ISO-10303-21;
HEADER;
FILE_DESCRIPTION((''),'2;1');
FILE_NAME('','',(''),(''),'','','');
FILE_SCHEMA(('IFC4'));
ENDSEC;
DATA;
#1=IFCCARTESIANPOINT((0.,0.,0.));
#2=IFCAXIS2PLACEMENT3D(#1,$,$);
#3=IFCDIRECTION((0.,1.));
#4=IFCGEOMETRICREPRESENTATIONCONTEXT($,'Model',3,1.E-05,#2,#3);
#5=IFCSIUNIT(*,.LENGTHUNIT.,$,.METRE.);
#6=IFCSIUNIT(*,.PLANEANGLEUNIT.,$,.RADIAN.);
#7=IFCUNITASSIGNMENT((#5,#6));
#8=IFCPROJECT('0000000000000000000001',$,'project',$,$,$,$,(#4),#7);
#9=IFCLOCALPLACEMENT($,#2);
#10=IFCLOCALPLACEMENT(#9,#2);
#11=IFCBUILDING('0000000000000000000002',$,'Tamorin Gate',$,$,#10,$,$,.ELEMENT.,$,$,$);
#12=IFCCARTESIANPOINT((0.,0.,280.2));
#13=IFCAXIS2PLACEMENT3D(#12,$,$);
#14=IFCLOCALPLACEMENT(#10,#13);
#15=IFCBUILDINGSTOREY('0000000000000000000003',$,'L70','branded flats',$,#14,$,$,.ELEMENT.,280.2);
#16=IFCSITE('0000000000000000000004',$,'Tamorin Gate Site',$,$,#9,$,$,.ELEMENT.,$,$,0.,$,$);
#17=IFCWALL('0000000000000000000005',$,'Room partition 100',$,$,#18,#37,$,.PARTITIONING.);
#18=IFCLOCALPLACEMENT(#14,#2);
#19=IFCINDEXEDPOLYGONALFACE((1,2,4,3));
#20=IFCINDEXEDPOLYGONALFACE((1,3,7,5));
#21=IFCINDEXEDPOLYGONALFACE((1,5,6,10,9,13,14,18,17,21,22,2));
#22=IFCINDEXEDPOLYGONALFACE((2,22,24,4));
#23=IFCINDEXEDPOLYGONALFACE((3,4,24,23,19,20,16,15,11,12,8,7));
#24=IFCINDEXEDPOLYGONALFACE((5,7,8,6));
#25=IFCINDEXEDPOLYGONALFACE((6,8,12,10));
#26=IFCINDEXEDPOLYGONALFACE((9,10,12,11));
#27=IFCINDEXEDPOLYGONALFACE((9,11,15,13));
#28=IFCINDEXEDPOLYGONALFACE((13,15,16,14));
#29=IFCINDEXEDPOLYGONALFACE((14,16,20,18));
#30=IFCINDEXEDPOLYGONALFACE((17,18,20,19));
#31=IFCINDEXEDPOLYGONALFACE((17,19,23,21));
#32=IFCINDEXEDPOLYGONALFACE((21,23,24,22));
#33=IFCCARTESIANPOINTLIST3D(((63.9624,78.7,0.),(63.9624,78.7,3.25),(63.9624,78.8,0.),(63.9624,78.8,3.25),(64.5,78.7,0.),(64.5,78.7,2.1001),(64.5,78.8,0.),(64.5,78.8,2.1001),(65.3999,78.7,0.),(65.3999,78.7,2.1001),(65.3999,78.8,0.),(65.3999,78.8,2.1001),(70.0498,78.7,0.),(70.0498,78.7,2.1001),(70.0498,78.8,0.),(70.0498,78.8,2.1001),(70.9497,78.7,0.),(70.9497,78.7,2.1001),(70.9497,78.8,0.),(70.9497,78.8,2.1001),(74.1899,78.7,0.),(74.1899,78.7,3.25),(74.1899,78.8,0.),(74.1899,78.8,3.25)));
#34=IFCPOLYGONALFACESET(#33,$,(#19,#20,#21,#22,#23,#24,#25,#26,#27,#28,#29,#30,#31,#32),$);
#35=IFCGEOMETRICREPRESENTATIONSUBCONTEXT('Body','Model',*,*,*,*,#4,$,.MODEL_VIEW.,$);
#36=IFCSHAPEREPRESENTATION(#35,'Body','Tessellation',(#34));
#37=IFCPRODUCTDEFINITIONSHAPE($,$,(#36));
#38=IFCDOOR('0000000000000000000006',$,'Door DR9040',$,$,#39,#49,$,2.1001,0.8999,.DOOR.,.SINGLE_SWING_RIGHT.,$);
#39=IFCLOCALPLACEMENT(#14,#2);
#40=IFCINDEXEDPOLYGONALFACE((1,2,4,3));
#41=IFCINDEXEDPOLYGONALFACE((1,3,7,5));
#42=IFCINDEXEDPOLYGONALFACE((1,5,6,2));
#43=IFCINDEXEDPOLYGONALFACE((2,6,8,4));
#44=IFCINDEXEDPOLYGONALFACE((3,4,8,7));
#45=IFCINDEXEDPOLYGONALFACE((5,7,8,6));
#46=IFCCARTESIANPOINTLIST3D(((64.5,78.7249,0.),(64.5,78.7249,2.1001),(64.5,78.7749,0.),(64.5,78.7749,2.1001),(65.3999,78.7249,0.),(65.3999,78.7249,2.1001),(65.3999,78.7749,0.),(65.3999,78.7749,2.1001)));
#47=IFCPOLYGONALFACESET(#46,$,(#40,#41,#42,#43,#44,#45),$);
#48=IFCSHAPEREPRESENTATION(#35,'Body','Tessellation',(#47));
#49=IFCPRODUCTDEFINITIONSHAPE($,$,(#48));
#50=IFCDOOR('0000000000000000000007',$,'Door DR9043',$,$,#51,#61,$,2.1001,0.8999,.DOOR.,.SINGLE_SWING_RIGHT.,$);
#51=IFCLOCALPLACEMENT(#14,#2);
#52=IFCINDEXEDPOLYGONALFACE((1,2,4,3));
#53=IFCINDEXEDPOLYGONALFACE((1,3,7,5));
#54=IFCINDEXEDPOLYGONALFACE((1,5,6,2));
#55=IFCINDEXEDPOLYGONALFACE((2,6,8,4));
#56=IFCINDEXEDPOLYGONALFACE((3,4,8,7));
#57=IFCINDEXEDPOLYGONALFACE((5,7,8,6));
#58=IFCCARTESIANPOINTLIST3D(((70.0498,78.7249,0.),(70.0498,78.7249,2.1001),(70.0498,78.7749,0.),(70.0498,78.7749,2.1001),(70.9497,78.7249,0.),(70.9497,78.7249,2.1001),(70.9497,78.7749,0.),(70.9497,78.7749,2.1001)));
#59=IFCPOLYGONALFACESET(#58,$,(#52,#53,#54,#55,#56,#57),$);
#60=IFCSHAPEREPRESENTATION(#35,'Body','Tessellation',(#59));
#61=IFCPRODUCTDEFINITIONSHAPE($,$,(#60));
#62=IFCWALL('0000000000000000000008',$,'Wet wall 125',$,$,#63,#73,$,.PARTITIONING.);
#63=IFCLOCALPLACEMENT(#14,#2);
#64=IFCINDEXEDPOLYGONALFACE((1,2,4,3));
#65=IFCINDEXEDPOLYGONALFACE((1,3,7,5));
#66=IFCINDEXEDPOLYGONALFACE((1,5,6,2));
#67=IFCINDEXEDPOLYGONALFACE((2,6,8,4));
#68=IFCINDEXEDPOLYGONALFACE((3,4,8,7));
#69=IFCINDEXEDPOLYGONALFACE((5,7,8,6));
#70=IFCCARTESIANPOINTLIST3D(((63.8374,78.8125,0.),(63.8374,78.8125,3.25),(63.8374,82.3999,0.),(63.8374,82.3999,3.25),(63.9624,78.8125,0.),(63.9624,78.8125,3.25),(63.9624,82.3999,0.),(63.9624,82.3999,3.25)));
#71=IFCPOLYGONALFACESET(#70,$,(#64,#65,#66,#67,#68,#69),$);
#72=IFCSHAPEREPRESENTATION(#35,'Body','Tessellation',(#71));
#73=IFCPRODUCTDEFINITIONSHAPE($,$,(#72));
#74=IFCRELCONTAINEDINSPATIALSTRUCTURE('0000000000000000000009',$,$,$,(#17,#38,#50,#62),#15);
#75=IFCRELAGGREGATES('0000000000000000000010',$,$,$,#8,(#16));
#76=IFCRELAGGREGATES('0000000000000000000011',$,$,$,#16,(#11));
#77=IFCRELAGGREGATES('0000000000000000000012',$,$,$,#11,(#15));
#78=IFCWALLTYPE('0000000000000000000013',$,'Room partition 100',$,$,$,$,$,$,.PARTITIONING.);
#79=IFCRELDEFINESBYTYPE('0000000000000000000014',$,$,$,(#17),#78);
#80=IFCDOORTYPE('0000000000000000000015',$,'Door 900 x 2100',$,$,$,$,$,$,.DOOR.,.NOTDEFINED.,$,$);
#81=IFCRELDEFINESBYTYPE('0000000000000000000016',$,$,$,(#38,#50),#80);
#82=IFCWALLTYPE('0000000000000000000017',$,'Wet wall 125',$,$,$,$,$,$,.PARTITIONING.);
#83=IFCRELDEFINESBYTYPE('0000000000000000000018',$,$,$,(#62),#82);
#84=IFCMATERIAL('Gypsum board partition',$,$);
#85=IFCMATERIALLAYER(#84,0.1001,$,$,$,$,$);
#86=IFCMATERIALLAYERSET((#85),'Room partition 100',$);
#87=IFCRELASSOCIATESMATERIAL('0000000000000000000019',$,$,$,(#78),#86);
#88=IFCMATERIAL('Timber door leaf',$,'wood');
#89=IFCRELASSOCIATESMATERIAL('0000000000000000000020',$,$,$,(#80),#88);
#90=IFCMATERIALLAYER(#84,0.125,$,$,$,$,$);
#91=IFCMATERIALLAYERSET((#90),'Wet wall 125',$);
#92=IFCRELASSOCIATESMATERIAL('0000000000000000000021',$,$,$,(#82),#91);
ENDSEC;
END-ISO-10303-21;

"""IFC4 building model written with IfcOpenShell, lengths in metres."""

from ifc_helpers import new_model, si_unit, direction, frame, frame_2d, origin, place, context, subcontext, project, spatial, rectangle, extrude, material, layer, layer_set, type_object, element, fill, save


model = new_model("IFC4")

# Units and contexts
model_context = context("Model", 3, precision=1e-05, world=origin(), true_north=direction((0.0, 1.0)))
body_context = subcontext(model_context, "Body", "Model", "MODEL_VIEW")
ifc_project = project(units=[si_unit("LENGTHUNIT", "METRE"), si_unit("PLANEANGLEUNIT", "RADIAN")], contexts=[model_context])

# Site, building, storey
site_placement = place(None, origin())
site = spatial("IfcSite", under=ifc_project, at=site_placement, Name="Tamorin Gate Site", CompositionType="ELEMENT", RefElevation=0.0)
building_placement = place(site_placement, origin())
building = spatial("IfcBuilding", under=site, at=building_placement, Name="Tamorin Gate", CompositionType="ELEMENT")
storey_placement = place(building_placement, frame((0.0, 0.0, 280.2)))
storey = spatial("IfcBuildingStorey", under=building, at=storey_placement, Name="L70", Description="branded flats", CompositionType="ELEMENT", Elevation=280.2)

# Shared definitions
ifc_material_1 = material(Name="Gypsum board partition")
ifc_layer_1 = layer(ifc_material_1, 0.1001)
ifc_layer_set_1 = layer_set([ifc_layer_1], Name="Room partition 100")
wall_type_1 = type_object("IfcWallType", Name="Room partition 100", PredefinedType="PARTITIONING", material=ifc_layer_set_1)
ifc_material_2 = material(Name="Timber door leaf", Category="wood")
door_type = type_object("IfcDoorType", Name="Door 900 x 2100", OperationType="NOTDEFINED", PredefinedType="DOOR", material=ifc_material_2)

# Wall, openings, doors
wall_1_placement = place(storey_placement, frame((63.9624, 78.75, 0.0), z_axis=(0.0, 0.0, 1.0), x_axis=(1.0, 0.0, 0.0)))
wall_1 = element("IfcWall", 1, at=wall_1_placement, inside=storey, type_object=wall_type_1, Name="Room partition 100", PredefinedType="PARTITIONING", context=body_context, shape_type="SweptSolid", body=[
    extrude(rectangle(XDim=10.2275, YDim=0.1001, at=frame_2d((5.1138, 0.0))), origin(), (0.0, 0.0, 1.0), 3.25),
])
opening_1_placement = place(wall_1_placement, frame((0.5376, 0.0, 0.0)))
opening_1 = element("IfcOpeningElement", 2, at=opening_1_placement, cuts=wall_1, PredefinedType="OPENING", context=body_context, shape_type="SweptSolid", body=[
    extrude(rectangle(XDim=0.8999, YDim=2.1001, at=frame_2d((0.45, 1.05))), frame((0.0, 0.0601, 0.0), z_axis=(0.0, -1.0, 0.0), x_axis=(1.0, 0.0, 0.0)), (0.0, 0.0, 1.0), 0.1201),
])
opening_2_placement = place(wall_1_placement, frame((6.0874, 0.0, 0.0)))
opening_2 = element("IfcOpeningElement", 3, at=opening_2_placement, cuts=wall_1, PredefinedType="OPENING", context=body_context, shape_type="SweptSolid", body=[
    extrude(rectangle(XDim=0.8999, YDim=2.1001, at=frame_2d((0.45, 1.05))), frame((0.0, 0.0601, 0.0), z_axis=(0.0, -1.0, 0.0), x_axis=(1.0, 0.0, 0.0)), (0.0, 0.0, 1.0), 0.1201),
])
door_1_placement = place(opening_1_placement, origin())
door_1 = element("IfcDoor", 4, at=door_1_placement, inside=storey, type_object=door_type, Name="Door DR9040", OperationType="SINGLE_SWING_RIGHT", OverallHeight=2.1001, OverallWidth=0.8999, PredefinedType="DOOR", context=body_context, shape_type="SweptSolid", body=[
    extrude(rectangle(XDim=0.8999, YDim=2.1001, at=frame_2d((0.45, 1.05))), frame((0.0, 0.0249, 0.0), z_axis=(0.0, -1.0, 0.0), x_axis=(1.0, 0.0, 0.0)), (0.0, 0.0, 1.0), 0.05),
])
fill(opening_1, door_1)
door_2_placement = place(opening_2_placement, origin())
door_2 = element("IfcDoor", 5, at=door_2_placement, inside=storey, type_object=door_type, Name="Door DR9043", OperationType="SINGLE_SWING_RIGHT", OverallHeight=2.1001, OverallWidth=0.8999, PredefinedType="DOOR", context=body_context, shape_type="SweptSolid", body=[
    extrude(rectangle(XDim=0.8999, YDim=2.1001, at=frame_2d((0.45, 1.05))), frame((0.0, 0.0249, 0.0), z_axis=(0.0, -1.0, 0.0), x_axis=(1.0, 0.0, 0.0)), (0.0, 0.0, 1.0), 0.05),
])
fill(opening_2, door_2)

# Wall
ifc_layer_2 = layer(ifc_material_1, 0.125)
ifc_layer_set_2 = layer_set([ifc_layer_2], Name="Wet wall 125")
wall_type_2 = type_object("IfcWallType", Name="Wet wall 125", PredefinedType="PARTITIONING", material=ifc_layer_set_2)
wall_2_placement = place(storey_placement, frame((63.8999, 78.8125, 0.0), z_axis=(0.0, 0.0, 1.0), x_axis=(0.0, 1.0, 0.0)))
element("IfcWall", 6, at=wall_2_placement, inside=storey, type_object=wall_type_2, Name="Wet wall 125", PredefinedType="PARTITIONING", context=body_context, shape_type="SweptSolid", body=[
    extrude(rectangle(XDim=3.5874, YDim=0.125, at=frame_2d((1.7937, 0.0))), origin(), (0.0, 0.0, 1.0), 3.25),
])

save(model, "model.ifc")
